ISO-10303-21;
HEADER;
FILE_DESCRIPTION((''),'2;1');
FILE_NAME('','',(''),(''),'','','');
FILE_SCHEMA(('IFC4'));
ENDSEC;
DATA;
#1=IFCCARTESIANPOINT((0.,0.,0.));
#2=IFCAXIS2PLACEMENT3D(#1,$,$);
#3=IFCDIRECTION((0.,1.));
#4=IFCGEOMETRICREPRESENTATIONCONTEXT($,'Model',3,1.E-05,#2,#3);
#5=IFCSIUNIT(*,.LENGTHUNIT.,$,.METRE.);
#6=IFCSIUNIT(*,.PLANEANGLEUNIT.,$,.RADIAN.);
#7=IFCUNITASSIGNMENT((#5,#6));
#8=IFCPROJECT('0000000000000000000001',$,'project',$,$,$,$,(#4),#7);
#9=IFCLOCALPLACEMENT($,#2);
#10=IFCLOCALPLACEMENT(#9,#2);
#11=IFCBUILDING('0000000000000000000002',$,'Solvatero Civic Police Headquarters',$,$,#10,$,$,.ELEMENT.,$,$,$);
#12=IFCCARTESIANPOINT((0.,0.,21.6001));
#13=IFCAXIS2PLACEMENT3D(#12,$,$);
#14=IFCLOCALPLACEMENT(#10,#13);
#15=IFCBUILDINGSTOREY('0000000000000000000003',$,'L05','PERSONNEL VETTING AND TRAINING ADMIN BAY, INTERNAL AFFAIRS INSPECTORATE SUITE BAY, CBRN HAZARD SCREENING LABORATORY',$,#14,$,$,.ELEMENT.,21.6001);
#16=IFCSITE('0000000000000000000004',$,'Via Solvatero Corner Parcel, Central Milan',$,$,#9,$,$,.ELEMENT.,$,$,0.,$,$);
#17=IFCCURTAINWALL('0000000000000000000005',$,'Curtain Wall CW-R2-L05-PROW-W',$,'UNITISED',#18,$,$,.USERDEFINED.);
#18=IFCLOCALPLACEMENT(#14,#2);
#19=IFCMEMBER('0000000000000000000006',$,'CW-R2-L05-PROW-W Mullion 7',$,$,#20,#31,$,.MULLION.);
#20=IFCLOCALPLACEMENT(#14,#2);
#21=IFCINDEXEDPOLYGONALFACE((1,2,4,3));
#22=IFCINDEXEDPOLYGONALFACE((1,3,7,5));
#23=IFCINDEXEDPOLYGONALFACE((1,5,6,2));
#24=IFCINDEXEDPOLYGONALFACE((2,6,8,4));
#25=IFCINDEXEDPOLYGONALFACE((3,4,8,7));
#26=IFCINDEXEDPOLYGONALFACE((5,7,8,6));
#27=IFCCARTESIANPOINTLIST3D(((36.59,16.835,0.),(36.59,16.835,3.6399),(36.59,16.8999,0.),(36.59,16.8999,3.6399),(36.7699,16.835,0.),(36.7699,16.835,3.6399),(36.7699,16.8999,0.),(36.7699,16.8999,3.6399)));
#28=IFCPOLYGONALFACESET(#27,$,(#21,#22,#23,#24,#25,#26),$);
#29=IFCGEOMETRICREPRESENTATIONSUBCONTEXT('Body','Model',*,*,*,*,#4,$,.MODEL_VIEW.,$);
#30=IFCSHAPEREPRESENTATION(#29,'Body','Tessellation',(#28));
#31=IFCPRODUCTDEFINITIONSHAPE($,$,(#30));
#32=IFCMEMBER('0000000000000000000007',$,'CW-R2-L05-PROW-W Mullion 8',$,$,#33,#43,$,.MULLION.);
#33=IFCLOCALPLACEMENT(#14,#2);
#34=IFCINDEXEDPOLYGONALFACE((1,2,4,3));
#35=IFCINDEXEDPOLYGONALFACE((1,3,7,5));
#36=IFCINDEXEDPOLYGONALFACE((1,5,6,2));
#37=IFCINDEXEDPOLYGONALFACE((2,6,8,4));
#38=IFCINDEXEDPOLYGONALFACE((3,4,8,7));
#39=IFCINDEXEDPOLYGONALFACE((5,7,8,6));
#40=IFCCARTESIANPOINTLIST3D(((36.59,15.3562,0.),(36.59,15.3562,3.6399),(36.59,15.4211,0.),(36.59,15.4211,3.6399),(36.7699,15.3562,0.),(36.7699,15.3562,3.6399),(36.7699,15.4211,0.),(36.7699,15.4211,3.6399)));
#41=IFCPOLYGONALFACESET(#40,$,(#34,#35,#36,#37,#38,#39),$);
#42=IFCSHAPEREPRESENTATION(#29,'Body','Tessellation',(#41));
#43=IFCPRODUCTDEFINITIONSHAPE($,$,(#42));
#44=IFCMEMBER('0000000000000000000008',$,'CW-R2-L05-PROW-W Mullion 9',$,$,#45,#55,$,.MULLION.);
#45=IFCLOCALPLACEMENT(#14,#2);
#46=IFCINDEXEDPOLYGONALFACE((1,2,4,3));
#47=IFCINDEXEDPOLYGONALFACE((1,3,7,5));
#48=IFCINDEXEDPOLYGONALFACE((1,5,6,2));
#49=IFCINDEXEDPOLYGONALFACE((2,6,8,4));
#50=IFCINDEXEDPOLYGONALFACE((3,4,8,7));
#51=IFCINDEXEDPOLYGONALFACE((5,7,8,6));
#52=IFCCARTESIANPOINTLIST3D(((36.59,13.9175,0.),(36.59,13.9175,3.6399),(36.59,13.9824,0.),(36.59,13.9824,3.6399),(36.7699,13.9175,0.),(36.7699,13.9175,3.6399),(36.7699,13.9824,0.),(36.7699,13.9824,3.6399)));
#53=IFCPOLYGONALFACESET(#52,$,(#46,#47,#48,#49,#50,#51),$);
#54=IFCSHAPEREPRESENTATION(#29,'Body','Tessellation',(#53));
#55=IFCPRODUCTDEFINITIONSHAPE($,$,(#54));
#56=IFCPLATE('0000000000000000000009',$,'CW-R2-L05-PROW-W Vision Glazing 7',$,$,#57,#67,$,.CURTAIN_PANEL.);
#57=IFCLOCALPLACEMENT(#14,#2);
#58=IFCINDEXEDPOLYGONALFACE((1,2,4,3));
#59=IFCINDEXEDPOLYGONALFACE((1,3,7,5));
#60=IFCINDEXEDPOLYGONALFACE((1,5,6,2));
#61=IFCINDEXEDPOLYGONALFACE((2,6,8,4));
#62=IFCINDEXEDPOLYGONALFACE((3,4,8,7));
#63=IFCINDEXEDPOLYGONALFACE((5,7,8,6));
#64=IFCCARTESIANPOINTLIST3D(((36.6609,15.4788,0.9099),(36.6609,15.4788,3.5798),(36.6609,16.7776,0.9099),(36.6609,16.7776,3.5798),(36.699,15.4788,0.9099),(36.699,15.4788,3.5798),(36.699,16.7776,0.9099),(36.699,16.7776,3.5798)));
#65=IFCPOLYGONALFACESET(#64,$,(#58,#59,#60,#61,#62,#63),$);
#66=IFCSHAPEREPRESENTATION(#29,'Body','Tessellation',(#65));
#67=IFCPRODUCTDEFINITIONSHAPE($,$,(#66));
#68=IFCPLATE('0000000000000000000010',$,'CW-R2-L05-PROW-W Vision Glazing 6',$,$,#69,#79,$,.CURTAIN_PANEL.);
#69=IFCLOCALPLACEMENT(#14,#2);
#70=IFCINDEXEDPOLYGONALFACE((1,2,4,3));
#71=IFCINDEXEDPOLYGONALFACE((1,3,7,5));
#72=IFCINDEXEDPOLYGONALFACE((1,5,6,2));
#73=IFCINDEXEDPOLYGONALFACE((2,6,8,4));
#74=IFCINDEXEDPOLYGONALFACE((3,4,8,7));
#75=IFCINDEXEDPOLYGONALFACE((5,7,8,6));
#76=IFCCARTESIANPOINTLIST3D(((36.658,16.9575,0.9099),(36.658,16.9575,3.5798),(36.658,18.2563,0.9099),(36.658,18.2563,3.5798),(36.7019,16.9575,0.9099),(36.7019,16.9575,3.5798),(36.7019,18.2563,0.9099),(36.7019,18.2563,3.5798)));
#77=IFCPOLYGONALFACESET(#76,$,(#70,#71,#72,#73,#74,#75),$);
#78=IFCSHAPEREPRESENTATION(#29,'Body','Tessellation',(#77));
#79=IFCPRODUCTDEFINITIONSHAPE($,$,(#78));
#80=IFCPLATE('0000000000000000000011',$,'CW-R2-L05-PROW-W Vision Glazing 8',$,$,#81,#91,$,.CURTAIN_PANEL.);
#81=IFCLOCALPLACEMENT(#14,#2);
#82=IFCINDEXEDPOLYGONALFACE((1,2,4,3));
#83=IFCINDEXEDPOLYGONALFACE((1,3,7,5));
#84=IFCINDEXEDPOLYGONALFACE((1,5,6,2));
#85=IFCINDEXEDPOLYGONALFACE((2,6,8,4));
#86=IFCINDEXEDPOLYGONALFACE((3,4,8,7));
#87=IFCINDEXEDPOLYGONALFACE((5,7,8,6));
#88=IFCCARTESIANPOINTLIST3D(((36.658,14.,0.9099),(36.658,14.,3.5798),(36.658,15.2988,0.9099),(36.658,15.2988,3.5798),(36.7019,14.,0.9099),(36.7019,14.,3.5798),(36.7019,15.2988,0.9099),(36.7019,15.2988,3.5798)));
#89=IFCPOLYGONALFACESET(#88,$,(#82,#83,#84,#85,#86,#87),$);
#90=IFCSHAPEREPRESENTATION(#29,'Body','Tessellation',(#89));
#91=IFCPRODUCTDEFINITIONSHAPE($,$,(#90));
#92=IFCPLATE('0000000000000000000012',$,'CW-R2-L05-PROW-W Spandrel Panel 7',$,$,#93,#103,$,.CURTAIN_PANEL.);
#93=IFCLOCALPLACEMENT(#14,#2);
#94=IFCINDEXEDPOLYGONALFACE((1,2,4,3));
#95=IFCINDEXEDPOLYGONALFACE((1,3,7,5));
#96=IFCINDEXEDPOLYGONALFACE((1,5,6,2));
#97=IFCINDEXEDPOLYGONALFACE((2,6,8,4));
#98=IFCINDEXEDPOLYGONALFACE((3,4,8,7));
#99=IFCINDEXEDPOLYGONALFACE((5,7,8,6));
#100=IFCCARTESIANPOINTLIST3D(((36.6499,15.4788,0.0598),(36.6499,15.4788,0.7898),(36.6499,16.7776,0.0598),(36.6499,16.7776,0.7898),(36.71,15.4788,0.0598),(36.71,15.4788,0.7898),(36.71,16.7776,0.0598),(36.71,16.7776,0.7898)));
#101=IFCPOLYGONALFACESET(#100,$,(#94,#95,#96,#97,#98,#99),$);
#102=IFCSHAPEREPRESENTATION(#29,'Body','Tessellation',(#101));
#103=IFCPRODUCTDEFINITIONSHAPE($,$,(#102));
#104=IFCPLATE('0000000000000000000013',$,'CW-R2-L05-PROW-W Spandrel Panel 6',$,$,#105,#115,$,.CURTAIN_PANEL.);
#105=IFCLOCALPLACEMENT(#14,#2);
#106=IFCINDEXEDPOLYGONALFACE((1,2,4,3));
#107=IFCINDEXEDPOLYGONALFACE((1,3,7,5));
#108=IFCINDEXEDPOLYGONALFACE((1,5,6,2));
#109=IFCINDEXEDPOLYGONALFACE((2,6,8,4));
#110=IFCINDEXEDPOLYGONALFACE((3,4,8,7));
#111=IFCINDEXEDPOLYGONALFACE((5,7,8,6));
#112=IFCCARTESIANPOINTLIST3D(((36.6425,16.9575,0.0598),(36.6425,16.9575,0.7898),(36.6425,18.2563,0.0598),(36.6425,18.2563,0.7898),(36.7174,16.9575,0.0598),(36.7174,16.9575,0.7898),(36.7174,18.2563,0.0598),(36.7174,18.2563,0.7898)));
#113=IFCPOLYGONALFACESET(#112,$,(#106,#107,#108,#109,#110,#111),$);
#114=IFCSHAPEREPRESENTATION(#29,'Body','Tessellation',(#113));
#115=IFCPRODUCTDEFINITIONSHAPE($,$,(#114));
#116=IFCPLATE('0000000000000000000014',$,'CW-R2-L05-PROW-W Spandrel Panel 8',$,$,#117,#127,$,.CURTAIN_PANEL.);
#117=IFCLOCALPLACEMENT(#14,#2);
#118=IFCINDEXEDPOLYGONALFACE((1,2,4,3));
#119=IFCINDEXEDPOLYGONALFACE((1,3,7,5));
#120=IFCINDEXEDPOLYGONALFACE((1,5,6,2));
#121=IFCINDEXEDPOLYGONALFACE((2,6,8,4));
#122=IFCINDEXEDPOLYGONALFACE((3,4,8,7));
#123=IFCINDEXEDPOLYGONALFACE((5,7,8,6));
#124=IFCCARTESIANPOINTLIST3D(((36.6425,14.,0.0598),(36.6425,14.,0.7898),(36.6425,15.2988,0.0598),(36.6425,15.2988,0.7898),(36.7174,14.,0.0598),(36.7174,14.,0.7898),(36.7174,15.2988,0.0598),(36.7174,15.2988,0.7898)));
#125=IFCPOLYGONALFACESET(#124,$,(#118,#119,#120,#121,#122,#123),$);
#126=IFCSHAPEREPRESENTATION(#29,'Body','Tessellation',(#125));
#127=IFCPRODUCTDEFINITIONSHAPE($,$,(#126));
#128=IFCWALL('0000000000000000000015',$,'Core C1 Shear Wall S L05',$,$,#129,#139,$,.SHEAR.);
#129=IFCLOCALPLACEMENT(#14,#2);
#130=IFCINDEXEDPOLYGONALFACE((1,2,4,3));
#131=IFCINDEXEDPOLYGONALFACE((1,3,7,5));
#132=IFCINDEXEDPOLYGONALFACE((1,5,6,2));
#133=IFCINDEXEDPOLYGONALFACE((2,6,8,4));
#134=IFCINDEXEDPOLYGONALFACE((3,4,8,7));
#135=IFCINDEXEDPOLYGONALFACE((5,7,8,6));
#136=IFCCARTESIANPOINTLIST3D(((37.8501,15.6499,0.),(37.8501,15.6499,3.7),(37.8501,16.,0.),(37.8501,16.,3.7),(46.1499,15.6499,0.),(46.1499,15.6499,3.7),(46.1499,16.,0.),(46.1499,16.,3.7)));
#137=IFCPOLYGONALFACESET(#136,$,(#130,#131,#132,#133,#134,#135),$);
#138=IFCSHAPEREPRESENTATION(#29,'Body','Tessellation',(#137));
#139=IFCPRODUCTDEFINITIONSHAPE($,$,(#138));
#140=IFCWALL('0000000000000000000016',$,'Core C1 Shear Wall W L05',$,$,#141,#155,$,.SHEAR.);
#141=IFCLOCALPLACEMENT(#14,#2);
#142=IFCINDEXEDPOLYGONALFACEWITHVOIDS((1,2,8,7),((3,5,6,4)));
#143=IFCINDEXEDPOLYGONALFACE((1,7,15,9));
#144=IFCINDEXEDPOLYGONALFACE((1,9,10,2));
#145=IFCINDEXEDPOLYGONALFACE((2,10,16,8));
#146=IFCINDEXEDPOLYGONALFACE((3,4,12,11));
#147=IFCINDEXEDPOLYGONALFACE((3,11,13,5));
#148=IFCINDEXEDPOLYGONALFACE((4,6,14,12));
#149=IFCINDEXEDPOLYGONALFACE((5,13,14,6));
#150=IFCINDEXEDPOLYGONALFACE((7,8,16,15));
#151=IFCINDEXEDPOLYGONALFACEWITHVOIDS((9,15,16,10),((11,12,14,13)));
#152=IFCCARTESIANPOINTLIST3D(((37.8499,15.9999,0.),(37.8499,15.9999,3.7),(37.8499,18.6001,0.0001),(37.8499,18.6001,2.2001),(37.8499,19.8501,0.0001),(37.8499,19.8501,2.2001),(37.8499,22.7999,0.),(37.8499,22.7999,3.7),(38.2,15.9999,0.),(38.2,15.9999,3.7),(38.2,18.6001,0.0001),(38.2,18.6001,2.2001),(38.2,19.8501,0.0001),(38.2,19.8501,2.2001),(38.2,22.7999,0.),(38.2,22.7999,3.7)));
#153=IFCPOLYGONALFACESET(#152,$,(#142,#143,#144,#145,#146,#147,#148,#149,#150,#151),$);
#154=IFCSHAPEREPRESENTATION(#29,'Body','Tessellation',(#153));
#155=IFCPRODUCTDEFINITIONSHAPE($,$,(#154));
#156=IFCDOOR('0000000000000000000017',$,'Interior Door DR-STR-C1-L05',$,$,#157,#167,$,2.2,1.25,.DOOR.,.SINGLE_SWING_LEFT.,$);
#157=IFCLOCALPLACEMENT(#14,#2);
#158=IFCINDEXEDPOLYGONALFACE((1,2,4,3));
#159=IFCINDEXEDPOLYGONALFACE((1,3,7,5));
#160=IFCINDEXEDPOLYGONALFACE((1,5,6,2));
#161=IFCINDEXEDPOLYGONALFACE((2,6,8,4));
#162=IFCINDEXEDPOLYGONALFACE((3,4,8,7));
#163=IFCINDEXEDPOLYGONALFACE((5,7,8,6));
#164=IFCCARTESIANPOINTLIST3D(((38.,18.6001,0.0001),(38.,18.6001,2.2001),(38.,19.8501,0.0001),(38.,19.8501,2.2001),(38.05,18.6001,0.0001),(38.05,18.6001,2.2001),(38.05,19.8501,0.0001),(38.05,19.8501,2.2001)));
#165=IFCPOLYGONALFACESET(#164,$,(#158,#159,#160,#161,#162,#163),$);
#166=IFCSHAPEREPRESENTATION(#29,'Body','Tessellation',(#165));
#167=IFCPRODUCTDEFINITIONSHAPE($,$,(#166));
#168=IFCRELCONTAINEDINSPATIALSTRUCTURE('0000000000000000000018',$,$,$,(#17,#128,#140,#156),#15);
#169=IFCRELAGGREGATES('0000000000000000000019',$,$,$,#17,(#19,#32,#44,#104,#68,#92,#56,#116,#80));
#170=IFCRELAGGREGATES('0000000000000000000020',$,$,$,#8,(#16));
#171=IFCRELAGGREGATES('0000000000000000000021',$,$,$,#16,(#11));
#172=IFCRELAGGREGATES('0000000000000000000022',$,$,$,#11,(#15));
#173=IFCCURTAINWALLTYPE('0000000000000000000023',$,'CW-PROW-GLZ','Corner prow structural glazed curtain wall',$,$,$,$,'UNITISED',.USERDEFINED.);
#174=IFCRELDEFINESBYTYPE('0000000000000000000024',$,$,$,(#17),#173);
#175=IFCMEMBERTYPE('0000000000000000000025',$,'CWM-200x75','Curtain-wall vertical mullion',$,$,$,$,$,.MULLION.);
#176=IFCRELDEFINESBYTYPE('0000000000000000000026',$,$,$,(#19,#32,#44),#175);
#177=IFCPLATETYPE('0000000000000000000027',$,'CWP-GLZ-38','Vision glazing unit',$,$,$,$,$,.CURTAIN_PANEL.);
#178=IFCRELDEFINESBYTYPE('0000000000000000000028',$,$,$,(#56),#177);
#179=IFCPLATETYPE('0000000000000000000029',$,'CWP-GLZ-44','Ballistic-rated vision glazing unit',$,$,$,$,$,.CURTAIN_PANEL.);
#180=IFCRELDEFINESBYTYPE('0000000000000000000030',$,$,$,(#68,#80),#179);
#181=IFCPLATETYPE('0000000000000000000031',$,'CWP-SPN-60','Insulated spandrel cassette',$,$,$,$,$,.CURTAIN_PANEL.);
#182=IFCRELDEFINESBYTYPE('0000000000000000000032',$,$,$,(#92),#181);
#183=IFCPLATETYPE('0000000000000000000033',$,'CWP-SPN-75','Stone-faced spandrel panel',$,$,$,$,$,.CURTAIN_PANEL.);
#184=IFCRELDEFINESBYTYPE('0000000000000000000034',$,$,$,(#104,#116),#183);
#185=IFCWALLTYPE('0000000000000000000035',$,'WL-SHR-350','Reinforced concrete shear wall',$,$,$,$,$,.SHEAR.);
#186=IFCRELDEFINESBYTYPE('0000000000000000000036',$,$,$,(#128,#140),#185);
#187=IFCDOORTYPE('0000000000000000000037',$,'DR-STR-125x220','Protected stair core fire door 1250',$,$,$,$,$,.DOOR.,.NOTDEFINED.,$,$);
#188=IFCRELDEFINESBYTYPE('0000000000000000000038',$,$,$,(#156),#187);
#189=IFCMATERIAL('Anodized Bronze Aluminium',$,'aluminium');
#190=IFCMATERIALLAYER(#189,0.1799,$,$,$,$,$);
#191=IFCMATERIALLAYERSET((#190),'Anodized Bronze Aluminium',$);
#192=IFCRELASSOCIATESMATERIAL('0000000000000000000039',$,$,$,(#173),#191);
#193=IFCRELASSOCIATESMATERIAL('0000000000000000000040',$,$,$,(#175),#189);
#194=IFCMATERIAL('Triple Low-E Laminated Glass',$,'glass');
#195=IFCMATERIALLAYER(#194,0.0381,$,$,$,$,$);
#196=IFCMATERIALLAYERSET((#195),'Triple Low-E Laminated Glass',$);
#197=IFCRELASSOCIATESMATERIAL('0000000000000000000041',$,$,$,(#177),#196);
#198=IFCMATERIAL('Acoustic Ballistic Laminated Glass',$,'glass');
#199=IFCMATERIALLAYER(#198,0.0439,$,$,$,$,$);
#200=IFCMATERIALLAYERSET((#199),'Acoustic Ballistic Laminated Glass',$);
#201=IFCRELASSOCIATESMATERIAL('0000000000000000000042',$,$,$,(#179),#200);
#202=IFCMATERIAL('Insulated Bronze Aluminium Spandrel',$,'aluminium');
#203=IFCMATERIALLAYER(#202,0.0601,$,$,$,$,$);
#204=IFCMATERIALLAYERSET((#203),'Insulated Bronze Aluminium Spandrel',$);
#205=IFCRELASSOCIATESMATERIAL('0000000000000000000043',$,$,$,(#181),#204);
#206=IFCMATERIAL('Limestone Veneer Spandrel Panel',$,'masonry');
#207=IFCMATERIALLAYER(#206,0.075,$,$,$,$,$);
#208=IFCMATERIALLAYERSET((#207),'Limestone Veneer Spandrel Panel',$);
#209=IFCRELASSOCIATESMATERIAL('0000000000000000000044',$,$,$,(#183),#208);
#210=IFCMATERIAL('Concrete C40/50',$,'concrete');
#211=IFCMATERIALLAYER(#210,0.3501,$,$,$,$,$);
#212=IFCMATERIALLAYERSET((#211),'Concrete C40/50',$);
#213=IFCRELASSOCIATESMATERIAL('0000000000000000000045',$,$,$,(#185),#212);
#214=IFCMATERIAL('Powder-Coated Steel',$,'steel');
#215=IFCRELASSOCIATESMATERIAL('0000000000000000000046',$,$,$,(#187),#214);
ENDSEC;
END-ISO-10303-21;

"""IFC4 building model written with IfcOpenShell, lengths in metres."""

from ifc_helpers import new_model, si_unit, direction, frame, frame_2d, origin, origin_2d, place, context, subcontext, project, spatial, rectangle, extrude, material, layer, layer_set, material_profile, profile_set, type_object, element, fill, aggregate, save


model = new_model("IFC4")

# Units and contexts
model_context = context("Model", 3, precision=1e-05, world=origin(), true_north=direction((0.0, 1.0)))
body_context = subcontext(model_context, "Body", "Model", "MODEL_VIEW")
ifc_project = project(units=[si_unit("LENGTHUNIT", "METRE"), si_unit("PLANEANGLEUNIT", "RADIAN")], contexts=[model_context])

# Site, building, storey
site_placement = place(None, origin())
site = spatial("IfcSite", under=ifc_project, at=site_placement, Name="Via Solvatero Corner Parcel, Central Milan", CompositionType="ELEMENT", RefElevation=0.0)
building_placement = place(site_placement, origin())
building = spatial("IfcBuilding", under=site, at=building_placement, Name="Solvatero Civic Police Headquarters", CompositionType="ELEMENT")
storey_placement = place(building_placement, frame((0.0, 0.0, 21.6001)))
storey = spatial("IfcBuildingStorey", under=building, at=storey_placement, Name="L05", Description="PERSONNEL VETTING AND TRAINING ADMIN BAY, INTERNAL AFFAIRS INSPECTORATE SUITE BAY, CBRN HAZARD SCREENING LABORATORY", CompositionType="ELEMENT", Elevation=21.6001)

# Curtain wall, members, plates
ifc_material_1 = material(Name="Anodized Bronze Aluminium", Category="aluminium")
ifc_layer_1 = layer(ifc_material_1, 0.1799)
ifc_layer_set_1 = layer_set([ifc_layer_1], Name="Anodized Bronze Aluminium")
curtain_wall_type = type_object("IfcCurtainWallType", Name="CW-PROW-GLZ", Description="Corner prow structural glazed curtain wall", ElementType="UNITISED", PredefinedType="USERDEFINED", material=ifc_layer_set_1)
curtain_wall_placement = place(storey_placement, origin())
curtain_wall = element("IfcCurtainWall", 1, at=curtain_wall_placement, inside=storey, type_object=curtain_wall_type, Name="Curtain Wall CW-R2-L05-PROW-W", ObjectType="UNITISED", PredefinedType="USERDEFINED")
ifc_material_profile = material_profile(ifc_material_1, rectangle(XDim=0.0649, YDim=0.1799, at=origin_2d()), Name="ALU MULLION 65x180")
ifc_profile_set = profile_set([ifc_material_profile], Name="Anodized Bronze Aluminium")
member_type = type_object("IfcMemberType", Name="CWM-200x75", Description="Curtain-wall vertical mullion", PredefinedType="MULLION", material=ifc_profile_set)
member_1_placement = place(storey_placement, frame((36.6799, 16.8674, 0.0), z_axis=(0.0, 0.0, 1.0), x_axis=(0.0, -1.0, 0.0)))
member_1 = element("IfcMember", 2, at=member_1_placement, type_object=member_type, Name="CW-R2-L05-PROW-W Mullion 7", PredefinedType="MULLION", context=body_context, shape_type="SweptSolid", body=[
    extrude(rectangle(XDim=0.0649, YDim=0.1799, at=origin_2d()), origin(), (0.0, 0.0, 1.0), 3.6399),
])
member_2_placement = place(storey_placement, frame((36.6799, 15.3887, 0.0), z_axis=(0.0, 0.0, 1.0), x_axis=(0.0, -1.0, 0.0)))
member_2 = element("IfcMember", 3, at=member_2_placement, type_object=member_type, Name="CW-R2-L05-PROW-W Mullion 8", PredefinedType="MULLION", context=body_context, shape_type="SweptSolid", body=[
    extrude(rectangle(XDim=0.0649, YDim=0.1799, at=origin_2d()), origin(), (0.0, 0.0, 1.0), 3.6399),
])
member_3_placement = place(storey_placement, frame((36.6799, 13.95, 0.0), z_axis=(0.0, 0.0, 1.0), x_axis=(0.0, -1.0, 0.0)))
member_3 = element("IfcMember", 4, at=member_3_placement, type_object=member_type, Name="CW-R2-L05-PROW-W Mullion 9", PredefinedType="MULLION", context=body_context, shape_type="SweptSolid", body=[
    extrude(rectangle(XDim=0.0649, YDim=0.1799, at=origin_2d()), origin(), (0.0, 0.0, 1.0), 3.6399),
])
ifc_material_2 = material(Name="Triple Low-E Laminated Glass", Category="glass")
ifc_layer_2 = layer(ifc_material_2, 0.0381)
ifc_layer_set_2 = layer_set([ifc_layer_2], Name="Triple Low-E Laminated Glass")
plate_type_1 = type_object("IfcPlateType", Name="CWP-GLZ-38", Description="Vision glazing unit", PredefinedType="CURTAIN_PANEL", material=ifc_layer_set_2)
plate_1_placement = place(storey_placement, frame((36.6799, 16.1282, 0.9099), z_axis=(0.0, 0.0, 1.0), x_axis=(0.0, -1.0, 0.0)))
plate_1 = element("IfcPlate", 5, at=plate_1_placement, type_object=plate_type_1, Name="CW-R2-L05-PROW-W Vision Glazing 7", PredefinedType="CURTAIN_PANEL", context=body_context, shape_type="SweptSolid", body=[
    extrude(rectangle(XDim=1.2988, YDim=0.0381, at=origin_2d()), origin(), (0.0, 0.0, 1.0), 2.6699),
])
ifc_material_3 = material(Name="Acoustic Ballistic Laminated Glass", Category="glass")
ifc_layer_3 = layer(ifc_material_3, 0.0439)
ifc_layer_set_3 = layer_set([ifc_layer_3], Name="Acoustic Ballistic Laminated Glass")
plate_type_2 = type_object("IfcPlateType", Name="CWP-GLZ-44", Description="Ballistic-rated vision glazing unit", PredefinedType="CURTAIN_PANEL", material=ifc_layer_set_3)
plate_2_placement = place(storey_placement, frame((36.6799, 17.6069, 0.9099), z_axis=(0.0, 0.0, 1.0), x_axis=(0.0, -1.0, 0.0)))
plate_2 = element("IfcPlate", 6, at=plate_2_placement, type_object=plate_type_2, Name="CW-R2-L05-PROW-W Vision Glazing 6", PredefinedType="CURTAIN_PANEL", context=body_context, shape_type="SweptSolid", body=[
    extrude(rectangle(XDim=1.2988, YDim=0.0439, at=origin_2d()), origin(), (0.0, 0.0, 1.0), 2.6699),
])
plate_3_placement = place(storey_placement, frame((36.6799, 14.6494, 0.9099), z_axis=(0.0, 0.0, 1.0), x_axis=(0.0, -1.0, 0.0)))
plate_3 = element("IfcPlate", 7, at=plate_3_placement, type_object=plate_type_2, Name="CW-R2-L05-PROW-W Vision Glazing 8", PredefinedType="CURTAIN_PANEL", context=body_context, shape_type="SweptSolid", body=[
    extrude(rectangle(XDim=1.2988, YDim=0.0439, at=origin_2d()), origin(), (0.0, 0.0, 1.0), 2.6699),
])
ifc_material_4 = material(Name="Insulated Bronze Aluminium Spandrel", Category="aluminium")
ifc_layer_4 = layer(ifc_material_4, 0.0601)
ifc_layer_set_4 = layer_set([ifc_layer_4], Name="Insulated Bronze Aluminium Spandrel")
plate_type_3 = type_object("IfcPlateType", Name="CWP-SPN-60", Description="Insulated spandrel cassette", PredefinedType="CURTAIN_PANEL", material=ifc_layer_set_4)
plate_4_placement = place(storey_placement, frame((36.6799, 16.1282, 0.0598), z_axis=(0.0, 0.0, 1.0), x_axis=(0.0, -1.0, 0.0)))
plate_4 = element("IfcPlate", 8, at=plate_4_placement, type_object=plate_type_3, Name="CW-R2-L05-PROW-W Spandrel Panel 7", PredefinedType="CURTAIN_PANEL", context=body_context, shape_type="SweptSolid", body=[
    extrude(rectangle(XDim=1.2988, YDim=0.0601, at=origin_2d()), origin(), (0.0, 0.0, 1.0), 0.73),
])
ifc_material_5 = material(Name="Limestone Veneer Spandrel Panel", Category="masonry")
ifc_layer_5 = layer(ifc_material_5, 0.075)
ifc_layer_set_5 = layer_set([ifc_layer_5], Name="Limestone Veneer Spandrel Panel")
plate_type_4 = type_object("IfcPlateType", Name="CWP-SPN-75", Description="Stone-faced spandrel panel", PredefinedType="CURTAIN_PANEL", material=ifc_layer_set_5)
plate_5_placement = place(storey_placement, frame((36.6799, 17.6069, 0.0598), z_axis=(0.0, 0.0, 1.0), x_axis=(0.0, -1.0, 0.0)))
plate_5 = element("IfcPlate", 9, at=plate_5_placement, type_object=plate_type_4, Name="CW-R2-L05-PROW-W Spandrel Panel 6", PredefinedType="CURTAIN_PANEL", context=body_context, shape_type="SweptSolid", body=[
    extrude(rectangle(XDim=1.2988, YDim=0.075, at=origin_2d()), origin(), (0.0, 0.0, 1.0), 0.73),
])
plate_6_placement = place(storey_placement, frame((36.6799, 14.6494, 0.0598), z_axis=(0.0, 0.0, 1.0), x_axis=(0.0, -1.0, 0.0)))
plate_6 = element("IfcPlate", 10, at=plate_6_placement, type_object=plate_type_4, Name="CW-R2-L05-PROW-W Spandrel Panel 8", PredefinedType="CURTAIN_PANEL", context=body_context, shape_type="SweptSolid", body=[
    extrude(rectangle(XDim=1.2988, YDim=0.075, at=origin_2d()), origin(), (0.0, 0.0, 1.0), 0.73),
])
aggregate(curtain_wall, [member_1, member_2, member_3, plate_5, plate_2, plate_4, plate_1, plate_6, plate_3])

# Wall
ifc_material_6 = material(Name="Concrete C40/50", Category="concrete")
ifc_layer_6 = layer(ifc_material_6, 0.3501)
ifc_layer_set_6 = layer_set([ifc_layer_6], Name="Concrete C40/50")
wall_type = type_object("IfcWallType", Name="WL-SHR-350", Description="Reinforced concrete shear wall", PredefinedType="SHEAR", material=ifc_layer_set_6)
wall_1_placement = place(storey_placement, frame((37.8501, 15.825, 0.0), z_axis=(0.0, 0.0, 1.0), x_axis=(1.0, 0.0, 0.0)))
element("IfcWall", 11, at=wall_1_placement, inside=storey, type_object=wall_type, Name="Core C1 Shear Wall S L05", PredefinedType="SHEAR", context=body_context, shape_type="SweptSolid", body=[
    extrude(rectangle(XDim=8.2998, YDim=0.3501, at=frame_2d((4.1499, 0.0))), origin(), (0.0, 0.0, 1.0), 3.7),
])

# Wall, opening, door
wall_2_placement = place(storey_placement, frame((38.0249, 16.0, 0.0), z_axis=(0.0, 0.0, 1.0), x_axis=(0.0, 1.0, 0.0)))
wall_2 = element("IfcWall", 12, at=wall_2_placement, inside=storey, type_object=wall_type, Name="Core C1 Shear Wall W L05", PredefinedType="SHEAR", context=body_context, shape_type="SweptSolid", body=[
    extrude(rectangle(XDim=6.8, YDim=0.3501, at=frame_2d((3.3999, 0.0))), origin(), (0.0, 0.0, 1.0), 3.7),
])
opening_placement = place(wall_2_placement, frame((2.6001, 0.0, 0.0)))
opening = element("IfcOpeningElement", 13, at=opening_placement, cuts=wall_2, PredefinedType="OPENING", context=body_context, shape_type="SweptSolid", body=[
    extrude(rectangle(XDim=1.25, YDim=2.2, at=frame_2d((0.625, 1.1001))), frame((0.0, 0.1851, 0.0), z_axis=(0.0, -1.0, 0.0), x_axis=(1.0, 0.0, 0.0)), (0.0, 0.0, 1.0), 0.3701),
])
ifc_material_7 = material(Name="Powder-Coated Steel", Category="steel")
door_type = type_object("IfcDoorType", Name="DR-STR-125x220", Description="Protected stair core fire door 1250", OperationType="NOTDEFINED", PredefinedType="DOOR", material=ifc_material_7)
door_placement = place(opening_placement, origin())
door = element("IfcDoor", 14, at=door_placement, inside=storey, type_object=door_type, Name="Interior Door DR-STR-C1-L05", OperationType="SINGLE_SWING_LEFT", OverallHeight=2.2, OverallWidth=1.25, PredefinedType="DOOR", context=body_context, shape_type="SweptSolid", body=[
    extrude(rectangle(XDim=1.25, YDim=2.2, at=frame_2d((0.625, 1.1001))), frame((0.0, 0.0249, 0.0), z_axis=(0.0, -1.0, 0.0), x_axis=(1.0, 0.0, 0.0)), (0.0, 0.0, 1.0), 0.05),
])
fill(opening, door)

save(model, "model.ifc")
